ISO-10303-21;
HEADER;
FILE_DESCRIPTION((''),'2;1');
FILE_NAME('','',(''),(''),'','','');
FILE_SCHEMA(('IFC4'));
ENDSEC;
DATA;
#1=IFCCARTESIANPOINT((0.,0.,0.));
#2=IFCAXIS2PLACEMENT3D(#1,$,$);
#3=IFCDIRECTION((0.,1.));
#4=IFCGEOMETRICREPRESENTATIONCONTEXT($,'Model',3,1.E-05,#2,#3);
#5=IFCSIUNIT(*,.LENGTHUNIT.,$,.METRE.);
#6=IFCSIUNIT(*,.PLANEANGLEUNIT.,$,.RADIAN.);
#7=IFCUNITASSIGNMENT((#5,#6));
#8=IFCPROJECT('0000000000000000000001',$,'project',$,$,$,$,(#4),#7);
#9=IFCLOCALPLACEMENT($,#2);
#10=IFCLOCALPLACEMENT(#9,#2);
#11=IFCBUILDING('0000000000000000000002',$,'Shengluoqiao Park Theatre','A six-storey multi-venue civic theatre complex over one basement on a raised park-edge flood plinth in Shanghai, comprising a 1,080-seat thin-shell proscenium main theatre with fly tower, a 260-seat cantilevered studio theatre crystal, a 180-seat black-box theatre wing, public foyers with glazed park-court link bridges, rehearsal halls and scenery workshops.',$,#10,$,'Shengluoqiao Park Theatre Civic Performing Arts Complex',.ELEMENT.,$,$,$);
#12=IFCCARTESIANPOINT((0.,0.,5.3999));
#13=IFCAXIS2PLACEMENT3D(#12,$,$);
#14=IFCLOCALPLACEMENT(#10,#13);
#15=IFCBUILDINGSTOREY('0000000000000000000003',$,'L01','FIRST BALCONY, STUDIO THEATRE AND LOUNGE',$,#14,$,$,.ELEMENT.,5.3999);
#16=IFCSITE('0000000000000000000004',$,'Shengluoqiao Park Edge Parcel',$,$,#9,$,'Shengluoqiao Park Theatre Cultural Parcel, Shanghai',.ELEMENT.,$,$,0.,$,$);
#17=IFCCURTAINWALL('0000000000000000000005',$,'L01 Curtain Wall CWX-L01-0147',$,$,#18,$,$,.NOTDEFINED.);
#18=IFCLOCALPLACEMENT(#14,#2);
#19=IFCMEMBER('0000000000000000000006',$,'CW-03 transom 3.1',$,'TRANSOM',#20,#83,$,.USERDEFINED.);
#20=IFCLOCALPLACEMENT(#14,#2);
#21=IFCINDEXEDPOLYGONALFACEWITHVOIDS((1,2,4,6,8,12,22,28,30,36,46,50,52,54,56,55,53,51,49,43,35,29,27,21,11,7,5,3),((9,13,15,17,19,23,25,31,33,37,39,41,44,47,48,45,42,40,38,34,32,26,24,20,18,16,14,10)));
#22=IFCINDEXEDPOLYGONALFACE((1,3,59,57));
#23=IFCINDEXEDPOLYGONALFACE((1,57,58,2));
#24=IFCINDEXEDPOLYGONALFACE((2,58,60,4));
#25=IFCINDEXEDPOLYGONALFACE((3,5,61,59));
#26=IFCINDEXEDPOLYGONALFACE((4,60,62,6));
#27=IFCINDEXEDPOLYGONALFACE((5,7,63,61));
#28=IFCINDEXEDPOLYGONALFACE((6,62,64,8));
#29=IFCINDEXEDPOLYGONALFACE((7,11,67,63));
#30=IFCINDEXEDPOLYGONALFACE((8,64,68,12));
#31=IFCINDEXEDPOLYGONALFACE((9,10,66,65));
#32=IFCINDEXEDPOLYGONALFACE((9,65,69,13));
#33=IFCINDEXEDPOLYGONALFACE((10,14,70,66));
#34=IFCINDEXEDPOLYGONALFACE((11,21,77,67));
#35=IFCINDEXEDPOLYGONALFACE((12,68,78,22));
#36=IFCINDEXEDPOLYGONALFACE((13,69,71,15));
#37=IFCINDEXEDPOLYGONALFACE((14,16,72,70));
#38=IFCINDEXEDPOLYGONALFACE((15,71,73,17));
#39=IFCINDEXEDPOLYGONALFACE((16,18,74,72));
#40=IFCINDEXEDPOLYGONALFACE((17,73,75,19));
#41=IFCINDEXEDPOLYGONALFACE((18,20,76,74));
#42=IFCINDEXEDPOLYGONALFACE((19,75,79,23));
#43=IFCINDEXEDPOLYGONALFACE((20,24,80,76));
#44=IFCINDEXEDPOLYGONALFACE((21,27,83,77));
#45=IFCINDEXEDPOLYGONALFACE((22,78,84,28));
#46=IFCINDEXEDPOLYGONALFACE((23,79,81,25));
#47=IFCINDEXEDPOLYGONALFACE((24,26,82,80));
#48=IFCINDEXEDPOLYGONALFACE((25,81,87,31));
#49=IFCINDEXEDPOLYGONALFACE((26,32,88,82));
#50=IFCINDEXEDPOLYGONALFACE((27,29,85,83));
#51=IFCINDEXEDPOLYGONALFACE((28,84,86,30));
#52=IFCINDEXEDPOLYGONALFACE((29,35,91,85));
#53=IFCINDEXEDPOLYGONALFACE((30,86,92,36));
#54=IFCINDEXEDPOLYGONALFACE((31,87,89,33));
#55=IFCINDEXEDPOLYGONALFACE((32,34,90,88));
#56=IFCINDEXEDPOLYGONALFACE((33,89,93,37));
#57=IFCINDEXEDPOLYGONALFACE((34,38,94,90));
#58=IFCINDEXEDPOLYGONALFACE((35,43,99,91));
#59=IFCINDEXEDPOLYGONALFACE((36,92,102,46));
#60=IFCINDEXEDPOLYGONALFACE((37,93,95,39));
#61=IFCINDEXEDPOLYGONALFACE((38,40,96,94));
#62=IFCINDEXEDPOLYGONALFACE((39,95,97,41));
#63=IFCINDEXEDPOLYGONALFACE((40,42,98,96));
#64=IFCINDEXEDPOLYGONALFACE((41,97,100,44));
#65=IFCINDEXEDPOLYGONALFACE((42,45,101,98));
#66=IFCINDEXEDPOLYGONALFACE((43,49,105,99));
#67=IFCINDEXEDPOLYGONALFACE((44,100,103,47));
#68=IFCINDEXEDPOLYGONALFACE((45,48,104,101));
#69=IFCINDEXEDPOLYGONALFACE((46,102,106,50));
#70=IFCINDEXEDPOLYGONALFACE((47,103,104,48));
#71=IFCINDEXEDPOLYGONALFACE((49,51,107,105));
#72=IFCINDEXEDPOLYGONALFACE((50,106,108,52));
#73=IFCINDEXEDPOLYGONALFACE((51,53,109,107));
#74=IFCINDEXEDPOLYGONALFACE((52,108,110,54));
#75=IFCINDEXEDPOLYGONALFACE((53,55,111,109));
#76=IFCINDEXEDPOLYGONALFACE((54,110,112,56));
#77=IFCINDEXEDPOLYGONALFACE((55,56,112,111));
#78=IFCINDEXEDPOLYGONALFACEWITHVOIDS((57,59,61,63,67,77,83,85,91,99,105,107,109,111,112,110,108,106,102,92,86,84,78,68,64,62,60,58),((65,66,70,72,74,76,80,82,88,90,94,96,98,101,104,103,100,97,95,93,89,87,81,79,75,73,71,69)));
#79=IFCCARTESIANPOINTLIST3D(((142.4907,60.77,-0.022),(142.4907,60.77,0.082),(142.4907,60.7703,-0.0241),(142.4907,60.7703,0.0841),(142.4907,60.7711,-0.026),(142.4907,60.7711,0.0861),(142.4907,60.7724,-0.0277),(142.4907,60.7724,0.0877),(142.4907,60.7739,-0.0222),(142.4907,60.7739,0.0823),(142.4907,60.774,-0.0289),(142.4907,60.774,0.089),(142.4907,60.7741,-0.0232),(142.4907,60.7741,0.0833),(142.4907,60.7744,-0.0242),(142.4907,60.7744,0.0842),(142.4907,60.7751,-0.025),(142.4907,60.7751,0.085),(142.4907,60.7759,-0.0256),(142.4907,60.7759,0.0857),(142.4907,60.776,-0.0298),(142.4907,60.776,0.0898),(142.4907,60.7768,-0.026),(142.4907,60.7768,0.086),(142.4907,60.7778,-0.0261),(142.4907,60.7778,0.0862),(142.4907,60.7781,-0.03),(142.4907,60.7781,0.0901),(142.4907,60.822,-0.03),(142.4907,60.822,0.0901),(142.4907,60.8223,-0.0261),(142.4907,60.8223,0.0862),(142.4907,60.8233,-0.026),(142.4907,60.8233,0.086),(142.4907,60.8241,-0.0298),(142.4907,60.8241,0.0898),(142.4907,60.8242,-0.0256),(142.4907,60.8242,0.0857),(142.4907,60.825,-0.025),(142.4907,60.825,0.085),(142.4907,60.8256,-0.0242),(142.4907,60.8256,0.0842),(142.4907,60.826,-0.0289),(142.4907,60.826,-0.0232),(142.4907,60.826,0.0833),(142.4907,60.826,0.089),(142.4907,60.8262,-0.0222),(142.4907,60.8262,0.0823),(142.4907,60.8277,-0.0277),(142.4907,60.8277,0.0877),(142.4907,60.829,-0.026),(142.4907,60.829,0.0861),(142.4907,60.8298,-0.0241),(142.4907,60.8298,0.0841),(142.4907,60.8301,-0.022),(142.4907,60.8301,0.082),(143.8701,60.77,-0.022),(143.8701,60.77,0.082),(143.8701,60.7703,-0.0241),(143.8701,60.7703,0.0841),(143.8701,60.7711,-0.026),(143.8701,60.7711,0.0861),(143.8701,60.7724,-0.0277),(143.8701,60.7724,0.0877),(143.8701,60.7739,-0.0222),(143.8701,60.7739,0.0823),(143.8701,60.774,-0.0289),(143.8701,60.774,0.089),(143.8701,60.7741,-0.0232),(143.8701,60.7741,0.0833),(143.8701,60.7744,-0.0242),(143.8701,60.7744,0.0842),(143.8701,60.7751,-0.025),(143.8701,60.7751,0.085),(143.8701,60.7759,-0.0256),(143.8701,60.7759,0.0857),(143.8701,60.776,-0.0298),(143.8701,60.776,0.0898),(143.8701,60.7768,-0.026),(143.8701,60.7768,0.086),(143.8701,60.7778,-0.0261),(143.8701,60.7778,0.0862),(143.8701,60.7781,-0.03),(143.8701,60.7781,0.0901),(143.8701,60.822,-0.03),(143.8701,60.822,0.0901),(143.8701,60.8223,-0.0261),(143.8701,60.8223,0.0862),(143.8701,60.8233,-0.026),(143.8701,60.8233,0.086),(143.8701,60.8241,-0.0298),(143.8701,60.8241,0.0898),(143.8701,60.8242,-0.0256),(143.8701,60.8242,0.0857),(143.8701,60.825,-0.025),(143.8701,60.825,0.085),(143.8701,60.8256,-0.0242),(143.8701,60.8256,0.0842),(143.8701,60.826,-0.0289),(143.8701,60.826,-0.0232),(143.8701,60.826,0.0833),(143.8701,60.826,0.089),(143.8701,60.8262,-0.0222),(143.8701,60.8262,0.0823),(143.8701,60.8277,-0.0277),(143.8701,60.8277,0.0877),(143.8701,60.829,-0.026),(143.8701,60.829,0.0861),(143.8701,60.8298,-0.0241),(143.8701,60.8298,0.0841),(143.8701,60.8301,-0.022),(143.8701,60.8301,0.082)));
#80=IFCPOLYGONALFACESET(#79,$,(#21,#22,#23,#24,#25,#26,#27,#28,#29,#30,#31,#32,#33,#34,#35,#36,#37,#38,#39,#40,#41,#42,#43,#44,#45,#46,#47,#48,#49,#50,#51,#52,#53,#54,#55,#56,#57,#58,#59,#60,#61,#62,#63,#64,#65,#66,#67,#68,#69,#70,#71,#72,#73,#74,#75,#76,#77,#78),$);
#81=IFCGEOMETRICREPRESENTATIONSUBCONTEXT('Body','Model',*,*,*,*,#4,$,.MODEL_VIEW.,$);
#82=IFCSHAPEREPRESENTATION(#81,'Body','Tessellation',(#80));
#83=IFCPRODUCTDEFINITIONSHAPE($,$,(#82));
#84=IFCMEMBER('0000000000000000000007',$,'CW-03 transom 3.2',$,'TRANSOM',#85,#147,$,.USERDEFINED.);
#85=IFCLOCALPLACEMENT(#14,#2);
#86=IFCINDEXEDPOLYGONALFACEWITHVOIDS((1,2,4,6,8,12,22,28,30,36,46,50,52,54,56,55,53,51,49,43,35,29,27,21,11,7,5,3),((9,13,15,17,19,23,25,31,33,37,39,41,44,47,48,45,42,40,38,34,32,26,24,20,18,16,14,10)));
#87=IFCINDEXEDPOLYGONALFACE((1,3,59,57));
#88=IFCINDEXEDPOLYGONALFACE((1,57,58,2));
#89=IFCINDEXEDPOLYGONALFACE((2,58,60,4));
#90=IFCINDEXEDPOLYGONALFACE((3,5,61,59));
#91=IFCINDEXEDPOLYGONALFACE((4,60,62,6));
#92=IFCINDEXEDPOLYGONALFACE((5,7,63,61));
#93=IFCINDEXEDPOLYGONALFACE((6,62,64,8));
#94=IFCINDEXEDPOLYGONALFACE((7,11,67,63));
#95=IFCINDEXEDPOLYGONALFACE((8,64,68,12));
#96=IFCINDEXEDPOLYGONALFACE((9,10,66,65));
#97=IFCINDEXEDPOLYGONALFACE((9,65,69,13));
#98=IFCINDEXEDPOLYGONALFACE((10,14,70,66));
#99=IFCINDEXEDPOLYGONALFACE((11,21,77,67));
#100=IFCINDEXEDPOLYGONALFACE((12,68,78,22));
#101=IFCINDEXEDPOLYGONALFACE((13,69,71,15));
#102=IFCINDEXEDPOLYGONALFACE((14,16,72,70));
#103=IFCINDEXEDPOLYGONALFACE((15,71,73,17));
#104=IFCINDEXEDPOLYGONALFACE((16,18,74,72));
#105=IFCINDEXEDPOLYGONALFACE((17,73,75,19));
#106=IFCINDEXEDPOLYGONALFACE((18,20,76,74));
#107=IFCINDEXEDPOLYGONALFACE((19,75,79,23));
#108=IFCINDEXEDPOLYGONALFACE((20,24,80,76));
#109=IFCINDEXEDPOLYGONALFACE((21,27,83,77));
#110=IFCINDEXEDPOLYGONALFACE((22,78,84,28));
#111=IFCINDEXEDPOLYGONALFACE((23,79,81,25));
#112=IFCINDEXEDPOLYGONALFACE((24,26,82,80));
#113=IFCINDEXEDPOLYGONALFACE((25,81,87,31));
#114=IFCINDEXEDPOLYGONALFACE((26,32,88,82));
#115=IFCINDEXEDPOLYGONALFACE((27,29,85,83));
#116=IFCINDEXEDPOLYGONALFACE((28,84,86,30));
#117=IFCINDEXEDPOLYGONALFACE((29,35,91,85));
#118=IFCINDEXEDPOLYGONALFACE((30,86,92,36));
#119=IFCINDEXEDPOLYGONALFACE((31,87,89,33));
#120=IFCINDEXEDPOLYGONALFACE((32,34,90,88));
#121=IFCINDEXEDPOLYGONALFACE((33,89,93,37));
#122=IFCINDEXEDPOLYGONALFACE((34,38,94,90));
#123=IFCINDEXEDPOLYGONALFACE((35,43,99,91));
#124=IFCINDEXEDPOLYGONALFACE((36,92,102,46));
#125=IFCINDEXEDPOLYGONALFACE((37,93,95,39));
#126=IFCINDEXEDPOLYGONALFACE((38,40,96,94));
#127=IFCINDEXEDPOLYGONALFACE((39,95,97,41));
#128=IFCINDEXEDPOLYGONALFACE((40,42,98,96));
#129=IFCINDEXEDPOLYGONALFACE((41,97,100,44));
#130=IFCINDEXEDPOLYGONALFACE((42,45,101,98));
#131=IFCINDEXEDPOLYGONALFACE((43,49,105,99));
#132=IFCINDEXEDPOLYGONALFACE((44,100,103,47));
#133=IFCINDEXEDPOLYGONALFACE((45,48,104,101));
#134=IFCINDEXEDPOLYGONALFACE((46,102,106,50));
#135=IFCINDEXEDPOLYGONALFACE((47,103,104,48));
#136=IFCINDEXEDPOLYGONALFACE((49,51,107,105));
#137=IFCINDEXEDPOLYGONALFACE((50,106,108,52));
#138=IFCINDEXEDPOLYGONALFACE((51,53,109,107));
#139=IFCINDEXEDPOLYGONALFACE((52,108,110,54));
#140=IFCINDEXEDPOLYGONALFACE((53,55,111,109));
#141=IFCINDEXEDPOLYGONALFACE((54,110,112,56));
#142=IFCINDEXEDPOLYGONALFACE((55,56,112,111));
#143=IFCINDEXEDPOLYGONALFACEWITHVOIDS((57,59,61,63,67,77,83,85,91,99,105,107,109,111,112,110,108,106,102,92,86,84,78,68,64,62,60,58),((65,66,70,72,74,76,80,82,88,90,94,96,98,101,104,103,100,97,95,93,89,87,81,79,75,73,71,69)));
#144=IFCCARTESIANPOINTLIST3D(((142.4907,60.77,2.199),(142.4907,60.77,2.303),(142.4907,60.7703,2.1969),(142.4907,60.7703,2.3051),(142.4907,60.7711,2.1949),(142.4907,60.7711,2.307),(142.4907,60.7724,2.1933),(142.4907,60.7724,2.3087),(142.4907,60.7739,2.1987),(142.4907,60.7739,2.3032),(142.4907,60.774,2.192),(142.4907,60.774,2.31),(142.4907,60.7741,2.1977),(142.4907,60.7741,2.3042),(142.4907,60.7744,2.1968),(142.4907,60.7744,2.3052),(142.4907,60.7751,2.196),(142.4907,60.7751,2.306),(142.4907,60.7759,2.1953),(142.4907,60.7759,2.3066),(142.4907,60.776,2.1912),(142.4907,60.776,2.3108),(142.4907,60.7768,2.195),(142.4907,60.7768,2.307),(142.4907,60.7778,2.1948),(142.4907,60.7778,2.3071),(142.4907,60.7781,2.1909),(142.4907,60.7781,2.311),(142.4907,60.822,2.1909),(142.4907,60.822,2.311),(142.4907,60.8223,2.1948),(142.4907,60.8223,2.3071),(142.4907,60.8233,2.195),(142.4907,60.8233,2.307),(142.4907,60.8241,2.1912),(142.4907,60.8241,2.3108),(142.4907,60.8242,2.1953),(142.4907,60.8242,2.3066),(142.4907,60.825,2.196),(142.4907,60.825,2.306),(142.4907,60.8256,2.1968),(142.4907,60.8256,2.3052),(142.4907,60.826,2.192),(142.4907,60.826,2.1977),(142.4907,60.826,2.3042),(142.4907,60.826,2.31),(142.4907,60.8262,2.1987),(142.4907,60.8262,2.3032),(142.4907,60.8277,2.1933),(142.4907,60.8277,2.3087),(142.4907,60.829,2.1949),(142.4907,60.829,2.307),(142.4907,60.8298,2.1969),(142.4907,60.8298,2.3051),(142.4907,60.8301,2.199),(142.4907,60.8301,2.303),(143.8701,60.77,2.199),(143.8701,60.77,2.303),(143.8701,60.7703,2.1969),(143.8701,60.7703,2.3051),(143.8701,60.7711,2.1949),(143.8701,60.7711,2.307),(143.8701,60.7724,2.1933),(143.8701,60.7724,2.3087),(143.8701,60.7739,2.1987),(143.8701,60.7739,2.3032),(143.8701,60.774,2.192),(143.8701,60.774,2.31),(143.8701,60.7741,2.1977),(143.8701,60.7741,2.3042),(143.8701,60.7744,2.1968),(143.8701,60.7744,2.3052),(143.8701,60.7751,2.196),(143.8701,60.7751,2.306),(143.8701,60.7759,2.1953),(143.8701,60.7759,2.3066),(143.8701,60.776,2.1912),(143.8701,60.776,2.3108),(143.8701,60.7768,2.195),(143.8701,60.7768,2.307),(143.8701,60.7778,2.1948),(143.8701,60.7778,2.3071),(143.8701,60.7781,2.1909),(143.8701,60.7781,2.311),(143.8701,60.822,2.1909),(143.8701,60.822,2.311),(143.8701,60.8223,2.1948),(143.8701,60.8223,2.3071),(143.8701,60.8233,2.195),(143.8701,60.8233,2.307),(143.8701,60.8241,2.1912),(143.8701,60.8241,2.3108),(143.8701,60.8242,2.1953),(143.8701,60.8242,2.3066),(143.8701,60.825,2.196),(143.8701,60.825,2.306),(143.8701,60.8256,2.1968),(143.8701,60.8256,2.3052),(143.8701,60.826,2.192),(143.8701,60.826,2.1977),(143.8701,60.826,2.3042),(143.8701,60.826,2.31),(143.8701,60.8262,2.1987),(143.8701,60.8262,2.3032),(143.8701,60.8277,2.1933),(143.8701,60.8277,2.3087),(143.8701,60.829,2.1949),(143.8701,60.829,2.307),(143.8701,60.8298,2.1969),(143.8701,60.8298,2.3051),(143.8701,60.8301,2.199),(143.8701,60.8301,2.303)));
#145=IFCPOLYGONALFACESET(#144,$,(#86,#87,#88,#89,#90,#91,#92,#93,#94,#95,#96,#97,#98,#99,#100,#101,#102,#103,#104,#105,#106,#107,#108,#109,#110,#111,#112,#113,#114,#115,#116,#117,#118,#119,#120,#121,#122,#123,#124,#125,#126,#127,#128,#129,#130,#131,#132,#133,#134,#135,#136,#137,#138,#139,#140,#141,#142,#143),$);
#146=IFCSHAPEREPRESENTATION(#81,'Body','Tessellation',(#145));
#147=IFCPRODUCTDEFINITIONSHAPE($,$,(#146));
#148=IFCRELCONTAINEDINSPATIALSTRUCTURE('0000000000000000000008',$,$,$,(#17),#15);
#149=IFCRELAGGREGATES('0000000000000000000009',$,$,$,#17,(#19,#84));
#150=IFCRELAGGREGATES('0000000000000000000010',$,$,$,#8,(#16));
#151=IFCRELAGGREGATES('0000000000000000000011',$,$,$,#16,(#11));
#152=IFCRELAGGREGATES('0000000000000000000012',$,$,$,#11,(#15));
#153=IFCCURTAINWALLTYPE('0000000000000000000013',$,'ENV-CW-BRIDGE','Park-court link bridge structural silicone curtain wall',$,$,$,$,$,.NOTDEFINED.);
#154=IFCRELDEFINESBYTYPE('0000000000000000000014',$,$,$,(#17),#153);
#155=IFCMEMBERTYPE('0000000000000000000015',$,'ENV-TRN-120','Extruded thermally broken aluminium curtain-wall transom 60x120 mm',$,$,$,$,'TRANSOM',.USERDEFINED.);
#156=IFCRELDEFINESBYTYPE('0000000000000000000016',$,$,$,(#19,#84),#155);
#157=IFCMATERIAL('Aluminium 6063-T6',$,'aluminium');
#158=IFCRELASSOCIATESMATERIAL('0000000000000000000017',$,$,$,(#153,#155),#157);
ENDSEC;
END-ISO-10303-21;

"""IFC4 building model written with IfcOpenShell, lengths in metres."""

from ifc_helpers import new_model, si_unit, direction, frame, origin, origin_2d, place, context, subcontext, project, spatial, hollow_rectangle, extrude, material, material_profile, profile_set, type_object, element, aggregate, save


model = new_model("IFC4")

# Units and contexts
model_context = context("Model", 3, precision=1e-05, world=origin(), true_north=direction((0.0, 1.0)))
body_context = subcontext(model_context, "Body", "Model", "MODEL_VIEW")
ifc_project = project(units=[si_unit("LENGTHUNIT", "METRE"), si_unit("PLANEANGLEUNIT", "RADIAN")], contexts=[model_context])

# Site, building, storey
site_placement = place(None, origin())
site = spatial("IfcSite", under=ifc_project, at=site_placement, Name="Shengluoqiao Park Edge Parcel", LongName="Shengluoqiao Park Theatre Cultural Parcel, Shanghai", CompositionType="ELEMENT", RefElevation=0.0)
building_placement = place(site_placement, origin())
building = spatial("IfcBuilding", under=site, at=building_placement, Name="Shengluoqiao Park Theatre", Description="A six-storey multi-venue civic theatre complex over one basement on a raised park-edge flood plinth in Shanghai, comprising a 1,080-seat thin-shell proscenium main theatre with fly tower, a 260-seat cantilevered studio theatre crystal, a 180-seat black-box theatre wing, public foyers with glazed park-court link bridges, rehearsal halls and scenery workshops.", LongName="Shengluoqiao Park Theatre Civic Performing Arts Complex", CompositionType="ELEMENT")
storey_placement = place(building_placement, frame((0.0, 0.0, 5.3999)))
storey = spatial("IfcBuildingStorey", under=building, at=storey_placement, Name="L01", Description="FIRST BALCONY, STUDIO THEATRE AND LOUNGE", CompositionType="ELEMENT", Elevation=5.3999)

# Curtain wall
ifc_material_1 = material(Name="Aluminium 6063-T6", Category="aluminium")
curtain_wall_type = type_object("IfcCurtainWallType", Name="ENV-CW-BRIDGE", Description="Park-court link bridge structural silicone curtain wall", PredefinedType="NOTDEFINED", material=ifc_material_1)
curtain_wall_1_placement = place(storey_placement, origin())
curtain_wall_1 = element("IfcCurtainWall", 1, at=curtain_wall_1_placement, inside=storey, type_object=curtain_wall_type, Name="L01 Curtain Wall CWX-L01-0147", PredefinedType="NOTDEFINED")

# Members
ifc_material_profile_1 = material_profile(ifc_material_1, hollow_rectangle(XDim=0.0601, YDim=0.1201, WallThickness=0.0039, InnerFilletRadius=0.0039, OuterFilletRadius=0.0081, at=origin_2d()), Name="ALU TRANSOM 120x60x4")
ifc_profile_set_1 = profile_set([ifc_material_profile_1], Name="Aluminium 6063-T6")
member_type_1 = type_object("IfcMemberType", Name="ENV-TRN-120", Description="Extruded thermally broken aluminium curtain-wall transom 60x120 mm", ElementType="TRANSOM", PredefinedType="USERDEFINED", material=ifc_profile_set_1)
member_1_placement = place(storey_placement, frame((142.4907, 60.8, 0.03), z_axis=(1.0, 0.0, 0.0), x_axis=(0.0, 1.0, 0.0)))
member_1 = element("IfcMember", 2, at=member_1_placement, type_object=member_type_1, Name="CW-03 transom 3.1", ObjectType="TRANSOM", PredefinedType="USERDEFINED", context=body_context, shape_type="SweptSolid", body=[
    extrude(hollow_rectangle(XDim=0.0601, YDim=0.1201, WallThickness=0.0039, InnerFilletRadius=0.0039, OuterFilletRadius=0.0081, at=origin_2d()), origin(), (0.0, 0.0, 1.0), 1.3794),
])
member_2_placement = place(storey_placement, frame((142.4907, 60.8, 2.251), z_axis=(1.0, 0.0, 0.0), x_axis=(0.0, 1.0, 0.0)))
member_2 = element("IfcMember", 3, at=member_2_placement, type_object=member_type_1, Name="CW-03 transom 3.2", ObjectType="TRANSOM", PredefinedType="USERDEFINED", context=body_context, shape_type="SweptSolid", body=[
    extrude(hollow_rectangle(XDim=0.0601, YDim=0.1201, WallThickness=0.0039, InnerFilletRadius=0.0039, OuterFilletRadius=0.0081, at=origin_2d()), origin(), (0.0, 0.0, 1.0), 1.3794),
])

aggregate(curtain_wall_1, [member_1, member_2])

save(model, "model.ifc")
